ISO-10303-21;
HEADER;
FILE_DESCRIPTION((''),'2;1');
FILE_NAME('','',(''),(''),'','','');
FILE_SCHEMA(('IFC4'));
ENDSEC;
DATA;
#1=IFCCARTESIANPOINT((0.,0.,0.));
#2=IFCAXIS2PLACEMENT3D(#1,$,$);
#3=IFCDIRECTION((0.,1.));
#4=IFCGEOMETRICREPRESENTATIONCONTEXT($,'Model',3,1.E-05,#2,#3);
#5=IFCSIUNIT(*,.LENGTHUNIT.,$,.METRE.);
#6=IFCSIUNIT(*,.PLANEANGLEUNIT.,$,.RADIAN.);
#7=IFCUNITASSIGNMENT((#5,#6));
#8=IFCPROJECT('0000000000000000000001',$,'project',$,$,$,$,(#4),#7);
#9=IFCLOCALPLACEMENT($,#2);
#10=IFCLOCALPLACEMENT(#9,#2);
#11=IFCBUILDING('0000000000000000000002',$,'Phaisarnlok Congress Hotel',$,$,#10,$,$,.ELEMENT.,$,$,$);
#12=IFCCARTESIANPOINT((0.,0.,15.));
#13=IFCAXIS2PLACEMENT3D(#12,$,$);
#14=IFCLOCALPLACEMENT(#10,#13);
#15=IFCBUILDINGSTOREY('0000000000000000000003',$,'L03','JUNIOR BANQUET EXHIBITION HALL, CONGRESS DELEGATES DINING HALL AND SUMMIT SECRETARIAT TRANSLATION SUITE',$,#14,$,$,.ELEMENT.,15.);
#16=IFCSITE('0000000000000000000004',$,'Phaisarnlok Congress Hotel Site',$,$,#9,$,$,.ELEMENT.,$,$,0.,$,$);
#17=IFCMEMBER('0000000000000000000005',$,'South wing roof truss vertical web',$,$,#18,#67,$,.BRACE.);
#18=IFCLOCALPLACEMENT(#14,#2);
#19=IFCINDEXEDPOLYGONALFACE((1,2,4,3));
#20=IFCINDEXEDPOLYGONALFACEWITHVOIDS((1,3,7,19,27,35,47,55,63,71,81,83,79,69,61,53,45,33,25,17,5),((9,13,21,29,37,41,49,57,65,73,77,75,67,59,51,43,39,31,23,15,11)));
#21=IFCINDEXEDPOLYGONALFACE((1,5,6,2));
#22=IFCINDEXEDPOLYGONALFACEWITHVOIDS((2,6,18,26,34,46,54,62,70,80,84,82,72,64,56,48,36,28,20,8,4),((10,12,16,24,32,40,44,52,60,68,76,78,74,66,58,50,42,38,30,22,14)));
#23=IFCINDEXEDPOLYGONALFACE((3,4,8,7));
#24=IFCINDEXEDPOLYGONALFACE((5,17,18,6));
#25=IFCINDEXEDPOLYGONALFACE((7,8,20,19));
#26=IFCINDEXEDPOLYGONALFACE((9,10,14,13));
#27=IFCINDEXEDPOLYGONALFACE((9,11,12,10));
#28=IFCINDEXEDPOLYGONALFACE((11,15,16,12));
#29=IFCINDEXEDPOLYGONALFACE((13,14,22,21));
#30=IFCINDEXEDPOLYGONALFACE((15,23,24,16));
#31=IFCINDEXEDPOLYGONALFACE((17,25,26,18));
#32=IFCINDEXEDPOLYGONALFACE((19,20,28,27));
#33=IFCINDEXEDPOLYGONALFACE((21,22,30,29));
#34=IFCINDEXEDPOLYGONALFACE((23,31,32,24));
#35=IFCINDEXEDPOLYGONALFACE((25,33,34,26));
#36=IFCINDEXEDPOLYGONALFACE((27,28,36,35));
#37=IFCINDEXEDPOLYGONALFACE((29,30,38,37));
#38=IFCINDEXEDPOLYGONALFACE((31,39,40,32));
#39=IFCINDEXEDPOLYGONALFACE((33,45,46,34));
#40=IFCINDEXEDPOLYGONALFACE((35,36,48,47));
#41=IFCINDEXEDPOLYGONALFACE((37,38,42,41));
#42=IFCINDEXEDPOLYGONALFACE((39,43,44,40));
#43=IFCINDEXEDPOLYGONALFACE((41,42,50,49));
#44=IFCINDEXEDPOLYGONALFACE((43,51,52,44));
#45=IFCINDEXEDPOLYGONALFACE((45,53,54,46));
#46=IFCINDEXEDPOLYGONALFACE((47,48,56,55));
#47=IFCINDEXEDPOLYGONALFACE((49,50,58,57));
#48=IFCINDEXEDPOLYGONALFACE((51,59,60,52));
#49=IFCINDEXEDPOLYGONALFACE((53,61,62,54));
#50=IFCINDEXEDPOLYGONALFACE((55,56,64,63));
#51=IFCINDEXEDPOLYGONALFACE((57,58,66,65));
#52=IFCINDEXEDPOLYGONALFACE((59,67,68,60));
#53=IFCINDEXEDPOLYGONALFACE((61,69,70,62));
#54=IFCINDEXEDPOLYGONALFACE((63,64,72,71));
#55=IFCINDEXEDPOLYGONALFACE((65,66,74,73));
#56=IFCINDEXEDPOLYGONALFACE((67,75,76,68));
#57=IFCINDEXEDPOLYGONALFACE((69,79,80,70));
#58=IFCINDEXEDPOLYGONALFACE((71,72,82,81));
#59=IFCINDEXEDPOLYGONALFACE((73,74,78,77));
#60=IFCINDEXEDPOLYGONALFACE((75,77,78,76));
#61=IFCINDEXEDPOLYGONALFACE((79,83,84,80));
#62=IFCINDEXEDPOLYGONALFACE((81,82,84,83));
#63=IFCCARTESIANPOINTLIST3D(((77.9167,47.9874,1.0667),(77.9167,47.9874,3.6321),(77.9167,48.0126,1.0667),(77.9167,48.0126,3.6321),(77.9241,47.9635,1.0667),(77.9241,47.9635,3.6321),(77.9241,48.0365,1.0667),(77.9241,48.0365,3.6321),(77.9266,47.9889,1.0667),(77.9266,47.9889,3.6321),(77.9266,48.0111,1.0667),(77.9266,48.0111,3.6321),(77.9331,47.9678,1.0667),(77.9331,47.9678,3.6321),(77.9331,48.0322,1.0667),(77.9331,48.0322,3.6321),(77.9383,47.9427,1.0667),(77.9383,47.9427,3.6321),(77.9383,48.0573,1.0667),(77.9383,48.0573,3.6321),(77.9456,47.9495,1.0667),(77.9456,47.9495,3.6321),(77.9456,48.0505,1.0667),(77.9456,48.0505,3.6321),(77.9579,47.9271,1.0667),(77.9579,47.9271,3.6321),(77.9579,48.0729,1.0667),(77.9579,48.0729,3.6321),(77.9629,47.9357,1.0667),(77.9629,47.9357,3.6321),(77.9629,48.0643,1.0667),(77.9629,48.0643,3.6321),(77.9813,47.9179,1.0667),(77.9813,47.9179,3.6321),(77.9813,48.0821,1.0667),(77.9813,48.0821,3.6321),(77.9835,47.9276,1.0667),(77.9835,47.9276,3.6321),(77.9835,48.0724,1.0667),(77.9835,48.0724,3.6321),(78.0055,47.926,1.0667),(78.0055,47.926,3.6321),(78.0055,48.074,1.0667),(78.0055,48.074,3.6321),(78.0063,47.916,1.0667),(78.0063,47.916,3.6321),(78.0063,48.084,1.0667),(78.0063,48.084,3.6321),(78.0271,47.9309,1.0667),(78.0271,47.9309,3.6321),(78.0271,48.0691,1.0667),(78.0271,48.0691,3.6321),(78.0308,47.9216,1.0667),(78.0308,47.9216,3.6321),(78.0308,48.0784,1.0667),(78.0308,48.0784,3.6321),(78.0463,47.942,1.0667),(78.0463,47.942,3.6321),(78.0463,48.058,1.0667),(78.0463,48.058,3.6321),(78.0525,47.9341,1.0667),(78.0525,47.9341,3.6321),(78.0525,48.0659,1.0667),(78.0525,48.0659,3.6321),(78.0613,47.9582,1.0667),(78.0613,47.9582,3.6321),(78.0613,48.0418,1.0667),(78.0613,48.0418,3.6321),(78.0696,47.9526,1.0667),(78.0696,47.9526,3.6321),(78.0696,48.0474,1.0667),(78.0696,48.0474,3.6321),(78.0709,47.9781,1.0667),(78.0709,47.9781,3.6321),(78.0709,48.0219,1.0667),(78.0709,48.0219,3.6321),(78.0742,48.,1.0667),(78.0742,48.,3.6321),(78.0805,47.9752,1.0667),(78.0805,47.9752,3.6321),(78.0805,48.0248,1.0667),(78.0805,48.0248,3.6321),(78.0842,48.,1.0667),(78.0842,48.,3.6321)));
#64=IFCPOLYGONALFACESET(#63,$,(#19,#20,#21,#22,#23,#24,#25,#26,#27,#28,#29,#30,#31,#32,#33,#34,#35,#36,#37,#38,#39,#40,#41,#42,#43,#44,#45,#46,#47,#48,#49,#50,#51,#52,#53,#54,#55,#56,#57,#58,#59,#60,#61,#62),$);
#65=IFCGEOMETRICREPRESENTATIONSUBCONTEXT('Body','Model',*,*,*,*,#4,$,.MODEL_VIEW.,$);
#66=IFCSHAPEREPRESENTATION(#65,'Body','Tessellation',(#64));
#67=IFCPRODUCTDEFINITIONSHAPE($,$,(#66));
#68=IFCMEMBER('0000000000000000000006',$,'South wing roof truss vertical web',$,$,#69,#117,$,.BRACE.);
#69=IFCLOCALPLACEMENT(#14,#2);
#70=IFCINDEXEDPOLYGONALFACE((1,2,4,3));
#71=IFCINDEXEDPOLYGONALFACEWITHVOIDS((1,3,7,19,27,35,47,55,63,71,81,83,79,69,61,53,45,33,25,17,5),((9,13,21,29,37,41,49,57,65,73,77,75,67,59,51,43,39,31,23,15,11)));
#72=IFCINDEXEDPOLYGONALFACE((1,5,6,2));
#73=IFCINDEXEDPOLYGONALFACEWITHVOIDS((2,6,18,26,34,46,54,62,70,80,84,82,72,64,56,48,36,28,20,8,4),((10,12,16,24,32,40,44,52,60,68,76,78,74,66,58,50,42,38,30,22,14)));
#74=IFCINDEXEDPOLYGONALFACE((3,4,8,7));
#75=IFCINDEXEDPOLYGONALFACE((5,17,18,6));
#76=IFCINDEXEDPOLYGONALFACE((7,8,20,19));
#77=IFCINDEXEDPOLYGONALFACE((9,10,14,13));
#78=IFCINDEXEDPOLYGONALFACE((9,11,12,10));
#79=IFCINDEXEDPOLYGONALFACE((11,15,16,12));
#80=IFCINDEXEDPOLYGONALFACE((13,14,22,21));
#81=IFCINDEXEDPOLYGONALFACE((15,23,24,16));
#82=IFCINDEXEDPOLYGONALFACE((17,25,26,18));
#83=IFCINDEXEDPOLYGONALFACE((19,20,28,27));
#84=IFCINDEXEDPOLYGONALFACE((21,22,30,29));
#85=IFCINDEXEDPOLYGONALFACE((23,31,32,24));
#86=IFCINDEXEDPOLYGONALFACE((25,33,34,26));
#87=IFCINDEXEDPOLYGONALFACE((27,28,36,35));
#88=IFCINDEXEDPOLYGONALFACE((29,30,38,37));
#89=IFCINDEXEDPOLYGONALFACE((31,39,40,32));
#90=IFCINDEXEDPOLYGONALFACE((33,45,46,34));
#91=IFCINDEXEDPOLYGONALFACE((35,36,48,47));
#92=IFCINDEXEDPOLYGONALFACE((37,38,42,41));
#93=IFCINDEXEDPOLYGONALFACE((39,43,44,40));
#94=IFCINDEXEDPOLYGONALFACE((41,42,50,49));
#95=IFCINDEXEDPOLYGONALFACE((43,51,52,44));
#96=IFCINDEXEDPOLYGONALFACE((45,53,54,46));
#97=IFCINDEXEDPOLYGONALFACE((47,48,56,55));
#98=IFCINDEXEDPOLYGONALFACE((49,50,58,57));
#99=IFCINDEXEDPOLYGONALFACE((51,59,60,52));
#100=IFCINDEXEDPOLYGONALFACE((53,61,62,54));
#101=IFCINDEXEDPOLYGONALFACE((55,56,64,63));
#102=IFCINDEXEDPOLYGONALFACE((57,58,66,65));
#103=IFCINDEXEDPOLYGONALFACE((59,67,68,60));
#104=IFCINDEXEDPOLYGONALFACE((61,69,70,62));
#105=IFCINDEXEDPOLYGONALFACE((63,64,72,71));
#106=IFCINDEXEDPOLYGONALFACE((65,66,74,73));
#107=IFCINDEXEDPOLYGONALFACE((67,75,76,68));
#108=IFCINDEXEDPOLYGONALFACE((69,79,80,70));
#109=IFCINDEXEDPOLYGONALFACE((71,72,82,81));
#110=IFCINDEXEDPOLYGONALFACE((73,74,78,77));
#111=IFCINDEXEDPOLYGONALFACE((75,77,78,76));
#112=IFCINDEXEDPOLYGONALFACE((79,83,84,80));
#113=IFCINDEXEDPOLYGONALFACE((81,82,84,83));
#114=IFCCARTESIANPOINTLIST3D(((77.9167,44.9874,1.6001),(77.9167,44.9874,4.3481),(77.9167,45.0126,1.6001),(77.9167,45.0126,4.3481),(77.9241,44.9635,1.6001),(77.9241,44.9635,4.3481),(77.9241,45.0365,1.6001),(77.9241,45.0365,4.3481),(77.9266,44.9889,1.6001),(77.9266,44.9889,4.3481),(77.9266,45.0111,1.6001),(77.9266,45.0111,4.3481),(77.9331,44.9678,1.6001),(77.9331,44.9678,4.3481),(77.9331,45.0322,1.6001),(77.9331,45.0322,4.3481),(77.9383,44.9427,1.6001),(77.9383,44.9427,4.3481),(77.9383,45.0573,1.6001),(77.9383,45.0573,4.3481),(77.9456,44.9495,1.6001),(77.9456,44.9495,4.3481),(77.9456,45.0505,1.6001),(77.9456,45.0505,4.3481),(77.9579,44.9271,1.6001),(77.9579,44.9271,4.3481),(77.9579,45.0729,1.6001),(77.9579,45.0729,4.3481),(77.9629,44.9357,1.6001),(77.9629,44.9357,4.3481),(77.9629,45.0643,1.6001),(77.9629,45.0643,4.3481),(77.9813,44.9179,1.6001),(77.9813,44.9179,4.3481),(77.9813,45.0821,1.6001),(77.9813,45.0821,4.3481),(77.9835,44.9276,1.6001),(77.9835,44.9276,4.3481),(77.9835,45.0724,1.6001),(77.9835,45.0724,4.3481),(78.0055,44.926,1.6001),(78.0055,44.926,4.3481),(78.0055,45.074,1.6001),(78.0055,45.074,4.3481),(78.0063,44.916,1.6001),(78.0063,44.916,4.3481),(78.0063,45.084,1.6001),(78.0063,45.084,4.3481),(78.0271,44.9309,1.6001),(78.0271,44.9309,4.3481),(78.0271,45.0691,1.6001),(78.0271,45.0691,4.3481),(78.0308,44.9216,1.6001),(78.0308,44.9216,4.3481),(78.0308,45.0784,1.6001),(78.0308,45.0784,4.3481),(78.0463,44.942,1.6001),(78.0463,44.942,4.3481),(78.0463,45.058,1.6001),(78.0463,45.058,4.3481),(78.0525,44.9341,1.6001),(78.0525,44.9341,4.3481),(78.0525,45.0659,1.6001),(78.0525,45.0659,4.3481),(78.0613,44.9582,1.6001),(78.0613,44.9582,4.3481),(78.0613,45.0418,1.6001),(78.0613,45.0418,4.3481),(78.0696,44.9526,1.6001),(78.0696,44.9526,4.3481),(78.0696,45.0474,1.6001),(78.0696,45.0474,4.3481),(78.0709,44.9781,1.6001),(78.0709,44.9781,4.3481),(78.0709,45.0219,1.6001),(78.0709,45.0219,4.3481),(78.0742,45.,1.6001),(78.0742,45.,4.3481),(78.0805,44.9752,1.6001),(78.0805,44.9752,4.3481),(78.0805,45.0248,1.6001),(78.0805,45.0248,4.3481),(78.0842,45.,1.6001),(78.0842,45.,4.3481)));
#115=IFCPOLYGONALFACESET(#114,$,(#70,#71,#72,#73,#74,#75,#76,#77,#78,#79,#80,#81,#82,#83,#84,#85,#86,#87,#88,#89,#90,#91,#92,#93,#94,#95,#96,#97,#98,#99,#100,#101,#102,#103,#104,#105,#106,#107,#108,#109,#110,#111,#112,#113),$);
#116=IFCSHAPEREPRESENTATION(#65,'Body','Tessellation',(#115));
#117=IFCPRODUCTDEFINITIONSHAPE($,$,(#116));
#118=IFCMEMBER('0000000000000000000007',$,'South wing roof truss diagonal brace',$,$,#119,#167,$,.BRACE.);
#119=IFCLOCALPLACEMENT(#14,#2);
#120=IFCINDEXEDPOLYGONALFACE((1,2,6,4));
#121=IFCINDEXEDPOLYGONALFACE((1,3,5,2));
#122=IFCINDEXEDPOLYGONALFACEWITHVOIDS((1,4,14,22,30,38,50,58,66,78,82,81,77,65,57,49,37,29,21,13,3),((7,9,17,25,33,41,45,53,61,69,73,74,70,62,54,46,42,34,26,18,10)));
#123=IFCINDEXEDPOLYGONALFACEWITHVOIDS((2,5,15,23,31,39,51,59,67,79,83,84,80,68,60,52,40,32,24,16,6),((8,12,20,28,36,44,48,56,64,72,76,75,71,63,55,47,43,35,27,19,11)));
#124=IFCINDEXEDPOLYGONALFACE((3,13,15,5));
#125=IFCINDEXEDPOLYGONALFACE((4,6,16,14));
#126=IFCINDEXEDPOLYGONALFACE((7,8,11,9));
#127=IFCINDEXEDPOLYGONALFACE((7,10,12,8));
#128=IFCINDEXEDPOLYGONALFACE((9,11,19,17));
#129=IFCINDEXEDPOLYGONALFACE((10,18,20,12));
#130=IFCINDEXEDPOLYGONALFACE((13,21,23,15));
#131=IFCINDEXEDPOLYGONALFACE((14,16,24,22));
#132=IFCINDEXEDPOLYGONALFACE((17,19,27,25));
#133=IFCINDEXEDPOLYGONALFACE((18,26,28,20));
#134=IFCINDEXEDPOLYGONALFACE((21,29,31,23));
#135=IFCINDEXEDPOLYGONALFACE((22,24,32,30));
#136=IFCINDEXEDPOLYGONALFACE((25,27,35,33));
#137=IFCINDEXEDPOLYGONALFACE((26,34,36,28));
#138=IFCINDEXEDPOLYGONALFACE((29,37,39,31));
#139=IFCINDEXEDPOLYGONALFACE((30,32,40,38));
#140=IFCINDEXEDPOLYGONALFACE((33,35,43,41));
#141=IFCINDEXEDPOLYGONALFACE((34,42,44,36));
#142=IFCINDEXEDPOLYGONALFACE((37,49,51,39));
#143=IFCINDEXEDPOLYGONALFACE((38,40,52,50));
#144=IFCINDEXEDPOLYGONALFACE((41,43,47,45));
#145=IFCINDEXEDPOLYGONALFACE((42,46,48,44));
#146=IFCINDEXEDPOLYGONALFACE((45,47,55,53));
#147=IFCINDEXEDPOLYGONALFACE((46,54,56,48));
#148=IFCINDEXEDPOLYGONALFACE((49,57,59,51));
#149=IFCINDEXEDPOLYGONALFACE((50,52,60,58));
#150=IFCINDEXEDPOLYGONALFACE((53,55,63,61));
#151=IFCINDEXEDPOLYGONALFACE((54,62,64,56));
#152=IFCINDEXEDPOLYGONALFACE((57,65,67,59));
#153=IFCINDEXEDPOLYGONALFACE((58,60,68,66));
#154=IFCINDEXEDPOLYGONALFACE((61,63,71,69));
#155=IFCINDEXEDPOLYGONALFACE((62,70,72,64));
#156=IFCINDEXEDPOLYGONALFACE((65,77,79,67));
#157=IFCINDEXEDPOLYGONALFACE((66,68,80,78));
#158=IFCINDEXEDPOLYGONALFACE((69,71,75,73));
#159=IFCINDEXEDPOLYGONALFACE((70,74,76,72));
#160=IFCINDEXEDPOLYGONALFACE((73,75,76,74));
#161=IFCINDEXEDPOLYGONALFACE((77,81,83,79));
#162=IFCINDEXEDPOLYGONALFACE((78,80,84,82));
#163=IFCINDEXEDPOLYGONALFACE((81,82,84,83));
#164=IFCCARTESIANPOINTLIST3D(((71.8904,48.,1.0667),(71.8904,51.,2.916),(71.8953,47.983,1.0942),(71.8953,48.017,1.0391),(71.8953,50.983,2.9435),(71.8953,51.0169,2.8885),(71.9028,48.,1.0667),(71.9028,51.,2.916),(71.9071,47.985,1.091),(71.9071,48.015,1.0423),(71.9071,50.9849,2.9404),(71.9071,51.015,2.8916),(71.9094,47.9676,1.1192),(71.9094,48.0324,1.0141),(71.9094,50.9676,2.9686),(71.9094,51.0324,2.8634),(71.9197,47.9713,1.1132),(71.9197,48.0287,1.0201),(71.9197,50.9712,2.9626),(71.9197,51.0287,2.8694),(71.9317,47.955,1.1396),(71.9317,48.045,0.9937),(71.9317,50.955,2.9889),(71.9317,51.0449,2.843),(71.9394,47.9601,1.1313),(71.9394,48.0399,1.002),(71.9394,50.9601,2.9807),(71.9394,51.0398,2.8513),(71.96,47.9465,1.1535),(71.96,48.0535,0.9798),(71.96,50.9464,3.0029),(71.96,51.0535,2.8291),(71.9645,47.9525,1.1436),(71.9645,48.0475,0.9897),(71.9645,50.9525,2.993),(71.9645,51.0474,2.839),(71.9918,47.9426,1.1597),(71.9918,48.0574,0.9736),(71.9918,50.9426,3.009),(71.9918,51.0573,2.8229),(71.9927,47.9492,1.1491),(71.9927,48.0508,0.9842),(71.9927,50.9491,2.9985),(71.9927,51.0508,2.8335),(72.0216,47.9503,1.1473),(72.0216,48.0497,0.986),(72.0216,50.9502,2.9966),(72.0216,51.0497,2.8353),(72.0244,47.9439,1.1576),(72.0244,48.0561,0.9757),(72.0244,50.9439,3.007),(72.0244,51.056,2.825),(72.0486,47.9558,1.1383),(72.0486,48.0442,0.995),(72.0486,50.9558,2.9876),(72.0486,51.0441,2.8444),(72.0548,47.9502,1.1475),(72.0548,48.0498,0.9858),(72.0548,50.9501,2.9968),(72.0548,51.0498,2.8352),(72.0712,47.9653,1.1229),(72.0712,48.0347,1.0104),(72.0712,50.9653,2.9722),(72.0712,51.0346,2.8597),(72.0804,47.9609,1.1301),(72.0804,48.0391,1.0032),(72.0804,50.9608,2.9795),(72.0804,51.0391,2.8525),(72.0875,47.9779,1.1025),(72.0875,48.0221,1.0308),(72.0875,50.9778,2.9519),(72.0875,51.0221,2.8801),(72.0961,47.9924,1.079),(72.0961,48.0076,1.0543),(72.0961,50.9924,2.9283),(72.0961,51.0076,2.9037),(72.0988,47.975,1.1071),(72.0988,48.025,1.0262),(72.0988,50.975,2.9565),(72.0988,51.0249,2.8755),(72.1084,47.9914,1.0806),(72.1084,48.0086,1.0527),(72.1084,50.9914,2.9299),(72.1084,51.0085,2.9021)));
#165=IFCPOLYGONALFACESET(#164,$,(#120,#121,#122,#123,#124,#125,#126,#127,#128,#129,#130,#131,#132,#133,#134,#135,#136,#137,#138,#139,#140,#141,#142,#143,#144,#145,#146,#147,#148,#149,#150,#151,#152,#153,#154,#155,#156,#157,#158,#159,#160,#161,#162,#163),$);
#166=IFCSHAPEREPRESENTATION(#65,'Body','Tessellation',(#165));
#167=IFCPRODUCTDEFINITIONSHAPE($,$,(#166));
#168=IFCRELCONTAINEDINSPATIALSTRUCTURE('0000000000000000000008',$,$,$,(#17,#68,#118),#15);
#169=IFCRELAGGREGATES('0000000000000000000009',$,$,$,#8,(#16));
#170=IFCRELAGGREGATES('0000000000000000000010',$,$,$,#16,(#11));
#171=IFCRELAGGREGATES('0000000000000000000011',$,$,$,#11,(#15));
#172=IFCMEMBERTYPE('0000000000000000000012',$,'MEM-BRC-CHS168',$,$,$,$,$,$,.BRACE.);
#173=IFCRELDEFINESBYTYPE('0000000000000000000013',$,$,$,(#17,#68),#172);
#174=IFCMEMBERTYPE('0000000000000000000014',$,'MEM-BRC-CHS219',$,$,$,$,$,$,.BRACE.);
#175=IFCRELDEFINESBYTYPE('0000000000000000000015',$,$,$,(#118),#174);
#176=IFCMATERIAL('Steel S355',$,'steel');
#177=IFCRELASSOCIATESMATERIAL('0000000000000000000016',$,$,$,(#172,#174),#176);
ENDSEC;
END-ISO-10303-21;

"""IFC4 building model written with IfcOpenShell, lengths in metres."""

from ifc_helpers import new_model, si_unit, direction, frame, origin, origin_2d, place, context, subcontext, project, spatial, hollow_circle, extrude, material, material_profile, profile_set, type_object, element, save


model = new_model("IFC4")

# Units and contexts
model_context = context("Model", 3, precision=1e-05, world=origin(), true_north=direction((0.0, 1.0)))
body_context = subcontext(model_context, "Body", "Model", "MODEL_VIEW")
ifc_project = project(units=[si_unit("LENGTHUNIT", "METRE"), si_unit("PLANEANGLEUNIT", "RADIAN")], contexts=[model_context])

# Site, building, storey
site_placement = place(None, origin())
site = spatial("IfcSite", under=ifc_project, at=site_placement, Name="Phaisarnlok Congress Hotel Site", CompositionType="ELEMENT", RefElevation=0.0)
building_placement = place(site_placement, origin())
building = spatial("IfcBuilding", under=site, at=building_placement, Name="Phaisarnlok Congress Hotel", CompositionType="ELEMENT")
storey_placement = place(building_placement, frame((0.0, 0.0, 15.0)))
storey = spatial("IfcBuildingStorey", under=building, at=storey_placement, Name="L03", Description="JUNIOR BANQUET EXHIBITION HALL, CONGRESS DELEGATES DINING HALL AND SUMMIT SECRETARIAT TRANSLATION SUITE", CompositionType="ELEMENT", Elevation=15.0)

# Shared definitions
ifc_material = material(Name="Steel S355", Category="steel")

# Members
ifc_material_profile_1 = material_profile(ifc_material, hollow_circle(Radius=0.0842, WallThickness=0.01, at=origin_2d()), Name="CHS 168.3x10")
ifc_profile_set_1 = profile_set([ifc_material_profile_1], Name="Steel S355")
member_type_1 = type_object("IfcMemberType", Name="MEM-BRC-CHS168", PredefinedType="BRACE", material=ifc_profile_set_1)
member_1_placement = place(storey_placement, frame((78.0, 48.0, 1.0667), z_axis=(0.0, 0.0, 1.0), x_axis=(1.0, 0.0, 0.0)))
element("IfcMember", 1, at=member_1_placement, inside=storey, type_object=member_type_1, Name="South wing roof truss vertical web", PredefinedType="BRACE", context=body_context, shape_type="SweptSolid", body=[
    extrude(hollow_circle(Radius=0.0842, WallThickness=0.01, at=origin_2d()), origin(), (0.0, 0.0, 1.0), 2.5654),
])
member_2_placement = place(storey_placement, frame((78.0, 45.0, 1.6001), z_axis=(0.0, 0.0, 1.0), x_axis=(1.0, 0.0, 0.0)))
element("IfcMember", 2, at=member_2_placement, inside=storey, type_object=member_type_1, Name="South wing roof truss vertical web", PredefinedType="BRACE", context=body_context, shape_type="SweptSolid", body=[
    extrude(hollow_circle(Radius=0.0842, WallThickness=0.01, at=origin_2d()), origin(), (0.0, 0.0, 1.0), 2.748),
])
ifc_material_profile_2 = material_profile(ifc_material, hollow_circle(Radius=0.1096, WallThickness=0.0125, at=origin_2d()), Name="CHS 219.1x12.5")
ifc_profile_set_2 = profile_set([ifc_material_profile_2], Name="Steel S355")
member_type_2 = type_object("IfcMemberType", Name="MEM-BRC-CHS219", PredefinedType="BRACE", material=ifc_profile_set_2)
member_3_placement = place(storey_placement, frame((72.0, 48.0, 1.0667), z_axis=(0.0, 0.851251, 0.524758), x_axis=(-1.0, 0.0, 0.0)))
element("IfcMember", 3, at=member_3_placement, inside=storey, type_object=member_type_2, Name="South wing roof truss diagonal brace", PredefinedType="BRACE", context=body_context, shape_type="SweptSolid", body=[
    extrude(hollow_circle(Radius=0.1096, WallThickness=0.0125, at=origin_2d()), origin(), (0.0, 0.0, 1.0), 3.5242),
])

save(model, "model.ifc")
